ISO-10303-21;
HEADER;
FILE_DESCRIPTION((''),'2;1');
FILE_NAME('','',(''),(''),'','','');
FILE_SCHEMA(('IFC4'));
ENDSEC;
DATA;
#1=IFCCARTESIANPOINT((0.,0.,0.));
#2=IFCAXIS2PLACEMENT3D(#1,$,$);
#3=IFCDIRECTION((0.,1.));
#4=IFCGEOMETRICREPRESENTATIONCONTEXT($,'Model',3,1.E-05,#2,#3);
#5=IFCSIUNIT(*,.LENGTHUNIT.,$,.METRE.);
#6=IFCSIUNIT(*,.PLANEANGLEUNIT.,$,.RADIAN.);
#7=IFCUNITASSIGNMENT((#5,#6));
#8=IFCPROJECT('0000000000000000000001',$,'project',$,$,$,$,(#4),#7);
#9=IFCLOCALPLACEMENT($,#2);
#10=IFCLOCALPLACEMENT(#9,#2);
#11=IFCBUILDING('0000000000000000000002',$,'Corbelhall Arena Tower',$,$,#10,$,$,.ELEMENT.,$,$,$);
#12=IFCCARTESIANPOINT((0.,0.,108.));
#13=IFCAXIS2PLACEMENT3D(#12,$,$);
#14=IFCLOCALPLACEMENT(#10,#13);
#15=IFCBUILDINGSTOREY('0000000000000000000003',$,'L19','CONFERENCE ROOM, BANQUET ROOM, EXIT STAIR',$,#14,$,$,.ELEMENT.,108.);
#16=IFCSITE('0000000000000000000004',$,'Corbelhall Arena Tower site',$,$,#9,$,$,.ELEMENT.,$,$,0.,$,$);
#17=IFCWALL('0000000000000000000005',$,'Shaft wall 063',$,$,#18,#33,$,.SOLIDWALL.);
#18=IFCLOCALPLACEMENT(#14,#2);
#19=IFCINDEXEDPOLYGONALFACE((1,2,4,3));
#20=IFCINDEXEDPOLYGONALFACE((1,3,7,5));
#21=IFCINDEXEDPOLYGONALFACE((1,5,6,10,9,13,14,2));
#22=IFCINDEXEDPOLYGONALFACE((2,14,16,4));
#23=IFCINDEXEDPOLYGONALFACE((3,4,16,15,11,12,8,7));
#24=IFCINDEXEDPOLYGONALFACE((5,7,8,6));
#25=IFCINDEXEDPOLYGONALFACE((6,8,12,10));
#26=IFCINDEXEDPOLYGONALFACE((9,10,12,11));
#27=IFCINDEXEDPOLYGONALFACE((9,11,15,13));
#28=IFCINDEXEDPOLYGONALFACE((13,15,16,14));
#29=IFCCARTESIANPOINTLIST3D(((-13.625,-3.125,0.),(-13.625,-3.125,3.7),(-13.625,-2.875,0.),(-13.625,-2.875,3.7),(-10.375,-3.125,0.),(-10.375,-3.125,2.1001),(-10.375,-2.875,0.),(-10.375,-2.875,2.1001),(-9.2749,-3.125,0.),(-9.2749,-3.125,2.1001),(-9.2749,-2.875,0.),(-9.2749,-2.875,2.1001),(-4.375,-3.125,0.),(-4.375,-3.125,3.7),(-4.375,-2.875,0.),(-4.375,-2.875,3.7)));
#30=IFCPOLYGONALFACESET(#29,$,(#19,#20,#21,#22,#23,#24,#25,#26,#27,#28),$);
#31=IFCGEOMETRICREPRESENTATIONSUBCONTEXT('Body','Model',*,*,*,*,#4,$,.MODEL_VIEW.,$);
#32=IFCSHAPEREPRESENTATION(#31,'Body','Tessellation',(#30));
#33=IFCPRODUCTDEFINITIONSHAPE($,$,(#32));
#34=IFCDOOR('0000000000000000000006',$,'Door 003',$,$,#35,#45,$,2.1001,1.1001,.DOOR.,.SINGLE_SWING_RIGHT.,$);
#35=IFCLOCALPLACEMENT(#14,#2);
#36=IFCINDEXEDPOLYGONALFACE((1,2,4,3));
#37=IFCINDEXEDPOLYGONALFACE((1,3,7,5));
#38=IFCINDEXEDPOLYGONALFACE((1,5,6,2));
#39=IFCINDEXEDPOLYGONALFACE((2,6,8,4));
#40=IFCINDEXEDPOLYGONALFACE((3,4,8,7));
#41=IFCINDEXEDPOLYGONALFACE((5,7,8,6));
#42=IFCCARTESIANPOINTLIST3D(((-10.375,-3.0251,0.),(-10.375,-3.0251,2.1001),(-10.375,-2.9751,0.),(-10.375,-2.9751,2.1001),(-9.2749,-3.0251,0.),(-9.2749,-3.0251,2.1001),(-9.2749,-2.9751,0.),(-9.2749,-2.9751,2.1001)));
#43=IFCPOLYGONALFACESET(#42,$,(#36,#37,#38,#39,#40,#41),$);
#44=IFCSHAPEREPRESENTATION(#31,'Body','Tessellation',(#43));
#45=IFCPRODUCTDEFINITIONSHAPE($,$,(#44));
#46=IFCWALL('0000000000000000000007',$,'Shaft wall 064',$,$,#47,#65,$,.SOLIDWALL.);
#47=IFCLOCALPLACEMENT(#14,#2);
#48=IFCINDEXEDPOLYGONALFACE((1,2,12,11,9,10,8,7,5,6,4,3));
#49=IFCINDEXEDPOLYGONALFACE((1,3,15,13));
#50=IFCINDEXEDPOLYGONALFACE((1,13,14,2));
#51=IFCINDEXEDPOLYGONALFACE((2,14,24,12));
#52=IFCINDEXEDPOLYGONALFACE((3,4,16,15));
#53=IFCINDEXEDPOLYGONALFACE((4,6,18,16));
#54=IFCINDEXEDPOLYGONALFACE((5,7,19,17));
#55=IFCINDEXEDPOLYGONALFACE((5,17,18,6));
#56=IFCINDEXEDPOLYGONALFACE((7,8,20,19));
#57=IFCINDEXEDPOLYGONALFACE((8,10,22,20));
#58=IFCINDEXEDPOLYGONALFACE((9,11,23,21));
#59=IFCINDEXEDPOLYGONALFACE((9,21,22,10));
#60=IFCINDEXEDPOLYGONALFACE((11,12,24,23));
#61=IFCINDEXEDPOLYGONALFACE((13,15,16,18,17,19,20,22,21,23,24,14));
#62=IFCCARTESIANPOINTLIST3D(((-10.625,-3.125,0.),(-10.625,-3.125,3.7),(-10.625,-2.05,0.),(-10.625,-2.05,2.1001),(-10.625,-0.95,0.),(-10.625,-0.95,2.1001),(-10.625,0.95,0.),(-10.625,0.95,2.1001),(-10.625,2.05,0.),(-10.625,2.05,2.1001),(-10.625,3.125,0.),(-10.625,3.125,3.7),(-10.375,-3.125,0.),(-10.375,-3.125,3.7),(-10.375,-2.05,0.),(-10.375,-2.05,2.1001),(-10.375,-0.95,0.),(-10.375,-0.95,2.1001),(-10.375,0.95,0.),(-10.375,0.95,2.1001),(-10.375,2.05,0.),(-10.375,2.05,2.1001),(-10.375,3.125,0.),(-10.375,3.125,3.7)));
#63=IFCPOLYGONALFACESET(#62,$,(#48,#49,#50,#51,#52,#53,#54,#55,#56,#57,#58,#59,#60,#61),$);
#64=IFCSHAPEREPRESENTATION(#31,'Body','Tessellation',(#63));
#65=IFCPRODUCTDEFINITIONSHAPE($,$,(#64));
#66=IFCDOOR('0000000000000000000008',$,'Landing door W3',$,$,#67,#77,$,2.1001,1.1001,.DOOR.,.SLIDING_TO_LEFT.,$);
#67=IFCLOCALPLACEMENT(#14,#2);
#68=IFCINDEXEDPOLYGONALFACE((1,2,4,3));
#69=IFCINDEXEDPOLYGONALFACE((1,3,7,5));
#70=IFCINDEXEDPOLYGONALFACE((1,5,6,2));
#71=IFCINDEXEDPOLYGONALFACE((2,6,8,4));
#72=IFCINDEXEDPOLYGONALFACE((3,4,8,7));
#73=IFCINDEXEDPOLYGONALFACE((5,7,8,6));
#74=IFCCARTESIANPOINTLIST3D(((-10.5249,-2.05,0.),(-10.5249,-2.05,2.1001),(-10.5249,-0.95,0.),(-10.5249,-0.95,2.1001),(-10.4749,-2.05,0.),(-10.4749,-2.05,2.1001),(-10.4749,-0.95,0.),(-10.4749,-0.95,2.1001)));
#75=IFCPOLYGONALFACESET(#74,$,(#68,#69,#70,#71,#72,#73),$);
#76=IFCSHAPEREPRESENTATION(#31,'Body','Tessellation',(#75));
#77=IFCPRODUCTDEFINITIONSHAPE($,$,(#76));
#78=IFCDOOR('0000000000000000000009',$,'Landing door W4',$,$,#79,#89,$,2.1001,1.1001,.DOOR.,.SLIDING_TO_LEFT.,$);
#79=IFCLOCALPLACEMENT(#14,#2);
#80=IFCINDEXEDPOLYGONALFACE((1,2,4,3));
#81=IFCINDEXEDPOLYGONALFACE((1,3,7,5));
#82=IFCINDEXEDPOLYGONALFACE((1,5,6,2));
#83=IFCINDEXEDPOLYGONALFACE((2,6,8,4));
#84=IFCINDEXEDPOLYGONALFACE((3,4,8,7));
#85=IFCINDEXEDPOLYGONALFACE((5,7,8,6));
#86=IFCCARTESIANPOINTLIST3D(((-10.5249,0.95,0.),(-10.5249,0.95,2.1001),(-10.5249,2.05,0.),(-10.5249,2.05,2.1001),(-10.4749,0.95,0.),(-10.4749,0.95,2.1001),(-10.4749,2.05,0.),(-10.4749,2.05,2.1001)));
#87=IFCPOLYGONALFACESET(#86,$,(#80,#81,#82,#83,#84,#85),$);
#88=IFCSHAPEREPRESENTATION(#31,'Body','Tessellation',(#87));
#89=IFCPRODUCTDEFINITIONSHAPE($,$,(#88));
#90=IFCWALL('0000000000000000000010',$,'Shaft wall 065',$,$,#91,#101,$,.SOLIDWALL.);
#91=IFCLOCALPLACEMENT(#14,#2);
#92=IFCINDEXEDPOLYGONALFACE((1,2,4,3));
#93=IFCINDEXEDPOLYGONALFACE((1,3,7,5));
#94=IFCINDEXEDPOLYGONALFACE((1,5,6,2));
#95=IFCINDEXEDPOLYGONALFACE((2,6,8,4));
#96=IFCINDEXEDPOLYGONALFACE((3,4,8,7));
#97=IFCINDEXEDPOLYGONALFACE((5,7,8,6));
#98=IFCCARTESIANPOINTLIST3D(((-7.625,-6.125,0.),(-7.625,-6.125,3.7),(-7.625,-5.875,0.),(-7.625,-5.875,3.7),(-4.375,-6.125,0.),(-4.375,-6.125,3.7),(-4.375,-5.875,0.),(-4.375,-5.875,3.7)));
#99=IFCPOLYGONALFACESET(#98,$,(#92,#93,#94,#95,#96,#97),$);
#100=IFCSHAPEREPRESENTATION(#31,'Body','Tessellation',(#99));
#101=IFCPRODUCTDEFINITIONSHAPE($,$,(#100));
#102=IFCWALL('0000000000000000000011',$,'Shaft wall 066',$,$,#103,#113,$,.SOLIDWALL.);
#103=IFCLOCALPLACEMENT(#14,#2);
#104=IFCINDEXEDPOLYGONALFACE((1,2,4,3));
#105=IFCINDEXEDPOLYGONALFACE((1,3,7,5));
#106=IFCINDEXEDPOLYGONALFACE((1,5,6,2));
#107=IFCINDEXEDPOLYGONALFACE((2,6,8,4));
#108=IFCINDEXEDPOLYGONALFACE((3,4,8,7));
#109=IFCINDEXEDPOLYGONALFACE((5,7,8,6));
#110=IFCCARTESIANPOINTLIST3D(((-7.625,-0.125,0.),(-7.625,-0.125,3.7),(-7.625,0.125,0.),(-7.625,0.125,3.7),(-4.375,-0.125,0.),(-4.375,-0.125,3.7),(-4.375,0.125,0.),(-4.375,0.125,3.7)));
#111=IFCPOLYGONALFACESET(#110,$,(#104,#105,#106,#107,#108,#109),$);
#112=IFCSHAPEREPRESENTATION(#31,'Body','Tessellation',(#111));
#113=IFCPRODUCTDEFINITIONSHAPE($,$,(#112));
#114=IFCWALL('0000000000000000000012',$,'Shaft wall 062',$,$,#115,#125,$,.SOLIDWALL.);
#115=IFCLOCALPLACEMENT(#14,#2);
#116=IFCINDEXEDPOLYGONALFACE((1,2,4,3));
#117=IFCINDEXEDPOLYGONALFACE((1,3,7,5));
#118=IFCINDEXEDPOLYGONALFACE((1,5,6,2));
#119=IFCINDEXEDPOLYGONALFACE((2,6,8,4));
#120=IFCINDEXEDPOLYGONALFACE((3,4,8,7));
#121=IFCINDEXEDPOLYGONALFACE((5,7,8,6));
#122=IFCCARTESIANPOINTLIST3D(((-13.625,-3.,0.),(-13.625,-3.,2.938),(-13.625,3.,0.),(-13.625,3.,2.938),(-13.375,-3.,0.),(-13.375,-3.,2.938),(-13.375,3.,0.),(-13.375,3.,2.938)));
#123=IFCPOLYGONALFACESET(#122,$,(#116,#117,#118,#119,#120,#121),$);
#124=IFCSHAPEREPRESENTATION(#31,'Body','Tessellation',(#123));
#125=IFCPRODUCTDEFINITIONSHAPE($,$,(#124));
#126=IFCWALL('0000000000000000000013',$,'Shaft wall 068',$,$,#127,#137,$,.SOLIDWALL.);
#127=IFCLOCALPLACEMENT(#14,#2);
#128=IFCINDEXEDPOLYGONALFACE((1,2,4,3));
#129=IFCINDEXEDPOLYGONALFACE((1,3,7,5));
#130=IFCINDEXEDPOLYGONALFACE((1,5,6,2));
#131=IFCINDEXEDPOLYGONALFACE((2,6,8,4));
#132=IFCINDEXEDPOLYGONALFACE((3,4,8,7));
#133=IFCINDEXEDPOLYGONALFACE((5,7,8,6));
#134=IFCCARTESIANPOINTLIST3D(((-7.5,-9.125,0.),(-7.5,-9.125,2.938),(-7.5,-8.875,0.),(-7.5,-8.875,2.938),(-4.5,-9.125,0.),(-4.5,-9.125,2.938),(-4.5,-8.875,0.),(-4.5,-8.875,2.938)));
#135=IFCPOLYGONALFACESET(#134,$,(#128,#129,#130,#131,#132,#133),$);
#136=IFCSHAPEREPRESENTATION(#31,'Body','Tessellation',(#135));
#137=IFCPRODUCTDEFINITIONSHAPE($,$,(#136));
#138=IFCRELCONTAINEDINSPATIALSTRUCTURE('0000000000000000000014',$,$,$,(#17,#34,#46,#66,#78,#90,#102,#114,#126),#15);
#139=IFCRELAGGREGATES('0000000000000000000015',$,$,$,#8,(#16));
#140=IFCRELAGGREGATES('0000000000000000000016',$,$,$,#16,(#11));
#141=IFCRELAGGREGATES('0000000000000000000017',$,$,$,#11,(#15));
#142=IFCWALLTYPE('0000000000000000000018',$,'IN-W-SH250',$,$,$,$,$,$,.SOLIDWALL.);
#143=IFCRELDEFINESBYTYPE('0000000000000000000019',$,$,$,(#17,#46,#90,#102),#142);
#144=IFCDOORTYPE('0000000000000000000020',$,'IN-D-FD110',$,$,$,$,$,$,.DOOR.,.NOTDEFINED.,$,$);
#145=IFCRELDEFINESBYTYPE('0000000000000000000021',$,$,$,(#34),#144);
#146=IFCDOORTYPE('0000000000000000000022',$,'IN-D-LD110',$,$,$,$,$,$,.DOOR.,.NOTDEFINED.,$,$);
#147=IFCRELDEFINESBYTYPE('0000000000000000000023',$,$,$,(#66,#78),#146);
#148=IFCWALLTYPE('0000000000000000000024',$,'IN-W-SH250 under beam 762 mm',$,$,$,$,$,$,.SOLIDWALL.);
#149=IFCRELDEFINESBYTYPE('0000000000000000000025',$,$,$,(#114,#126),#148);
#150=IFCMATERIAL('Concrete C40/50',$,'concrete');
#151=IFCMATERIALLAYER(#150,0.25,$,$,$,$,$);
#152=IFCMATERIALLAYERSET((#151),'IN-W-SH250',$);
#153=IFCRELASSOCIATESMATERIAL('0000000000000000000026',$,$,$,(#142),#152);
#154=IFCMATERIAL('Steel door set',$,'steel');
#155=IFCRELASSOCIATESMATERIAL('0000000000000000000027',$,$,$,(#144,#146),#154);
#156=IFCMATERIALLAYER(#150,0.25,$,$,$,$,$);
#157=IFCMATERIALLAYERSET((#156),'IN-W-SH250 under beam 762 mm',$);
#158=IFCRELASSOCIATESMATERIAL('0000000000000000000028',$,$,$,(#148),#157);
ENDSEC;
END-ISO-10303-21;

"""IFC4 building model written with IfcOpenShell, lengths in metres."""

from ifc_helpers import new_model, si_unit, direction, frame, frame_2d, origin, place, context, subcontext, project, spatial, rectangle, extrude, material, layer, layer_set, type_object, element, fill, save


model = new_model("IFC4")

# Units and contexts
model_context = context("Model", 3, precision=1e-05, world=origin(), true_north=direction((0.0, 1.0)))
body_context = subcontext(model_context, "Body", "Model", "MODEL_VIEW")
ifc_project = project(units=[si_unit("LENGTHUNIT", "METRE"), si_unit("PLANEANGLEUNIT", "RADIAN")], contexts=[model_context])

# Site, building, storey
site_placement = place(None, origin())
site = spatial("IfcSite", under=ifc_project, at=site_placement, Name="Corbelhall Arena Tower site", CompositionType="ELEMENT", RefElevation=0.0)
building_placement = place(site_placement, origin())
building = spatial("IfcBuilding", under=site, at=building_placement, Name="Corbelhall Arena Tower", CompositionType="ELEMENT")
storey_placement = place(building_placement, frame((0.0, 0.0, 108.0)))
storey = spatial("IfcBuildingStorey", under=building, at=storey_placement, Name="L19", Description="CONFERENCE ROOM, BANQUET ROOM, EXIT STAIR", CompositionType="ELEMENT", Elevation=108.0)

# Shared definitions
ifc_material_1 = material(Name="Concrete C40/50", Category="concrete")

# Shared definitions
ifc_layer_1 = layer(ifc_material_1, 0.25)
ifc_layer_set_1 = layer_set([ifc_layer_1], Name="IN-W-SH250")
wall_type_1 = type_object("IfcWallType", Name="IN-W-SH250", PredefinedType="SOLIDWALL", material=ifc_layer_set_1)

# Wall, opening, door
wall_1_placement = place(storey_placement, frame((-13.625, -3.0, 0.0), z_axis=(0.0, 0.0, 1.0), x_axis=(1.0, 0.0, 0.0)))
wall_1 = element("IfcWall", 1, at=wall_1_placement, inside=storey, type_object=wall_type_1, Name="Shaft wall 063", PredefinedType="SOLIDWALL", context=body_context, shape_type="SweptSolid", body=[
    extrude(rectangle(XDim=9.25, YDim=0.25, at=frame_2d((4.625, 0.0))), origin(), (0.0, 0.0, 1.0), 3.7),
])
opening_1_placement = place(wall_1_placement, frame((3.25, 0.0, 0.0)))
opening_1 = element("IfcOpeningElement", 2, at=opening_1_placement, cuts=wall_1, PredefinedType="OPENING", context=body_context, shape_type="SweptSolid", body=[
    extrude(rectangle(XDim=1.1001, YDim=2.1001, at=frame_2d((0.55, 1.05))), frame((0.0, 0.125, 0.0), z_axis=(0.0, -1.0, 0.0), x_axis=(1.0, 0.0, 0.0)), (0.0, 0.0, 1.0), 0.25),
])
ifc_material_2 = material(Name="Steel door set", Category="steel")
door_type_1 = type_object("IfcDoorType", Name="IN-D-FD110", OperationType="NOTDEFINED", PredefinedType="DOOR", material=ifc_material_2)
door_1_placement = place(opening_1_placement, origin())
door_1 = element("IfcDoor", 3, at=door_1_placement, inside=storey, type_object=door_type_1, Name="Door 003", OperationType="SINGLE_SWING_RIGHT", OverallHeight=2.1001, OverallWidth=1.1001, PredefinedType="DOOR", context=body_context, shape_type="SweptSolid", body=[
    extrude(rectangle(XDim=1.1001, YDim=2.1001, at=frame_2d((0.55, 1.05))), frame((0.0, 0.0249, 0.0), z_axis=(0.0, -1.0, 0.0), x_axis=(1.0, 0.0, 0.0)), (0.0, 0.0, 1.0), 0.05),
])
fill(opening_1, door_1)

# Wall, openings, doors
wall_2_placement = place(storey_placement, frame((-10.5, -3.125, 0.0), z_axis=(0.0, 0.0, 1.0), x_axis=(0.0, 1.0, 0.0)))
wall_2 = element("IfcWall", 4, at=wall_2_placement, inside=storey, type_object=wall_type_1, Name="Shaft wall 064", PredefinedType="SOLIDWALL", context=body_context, shape_type="SweptSolid", body=[
    extrude(rectangle(XDim=6.25, YDim=0.25, at=frame_2d((3.125, 0.0))), origin(), (0.0, 0.0, 1.0), 3.7),
])
opening_2_placement = place(wall_2_placement, frame((1.075, 0.0, 0.0)))
opening_2 = element("IfcOpeningElement", 5, at=opening_2_placement, cuts=wall_2, PredefinedType="OPENING", context=body_context, shape_type="SweptSolid", body=[
    extrude(rectangle(XDim=1.1001, YDim=2.1001, at=frame_2d((0.55, 1.05))), frame((0.0, 0.125, 0.0), z_axis=(0.0, -1.0, 0.0), x_axis=(1.0, 0.0, 0.0)), (0.0, 0.0, 1.0), 0.25),
])
opening_3_placement = place(wall_2_placement, frame((4.075, 0.0, 0.0)))
opening_3 = element("IfcOpeningElement", 6, at=opening_3_placement, cuts=wall_2, PredefinedType="OPENING", context=body_context, shape_type="SweptSolid", body=[
    extrude(rectangle(XDim=1.1001, YDim=2.1001, at=frame_2d((0.55, 1.05))), frame((0.0, 0.125, 0.0), z_axis=(0.0, -1.0, 0.0), x_axis=(1.0, 0.0, 0.0)), (0.0, 0.0, 1.0), 0.25),
])
door_type_2 = type_object("IfcDoorType", Name="IN-D-LD110", OperationType="NOTDEFINED", PredefinedType="DOOR", material=ifc_material_2)
door_2_placement = place(opening_2_placement, origin())
door_2 = element("IfcDoor", 7, at=door_2_placement, inside=storey, type_object=door_type_2, Name="Landing door W3", OperationType="SLIDING_TO_LEFT", OverallHeight=2.1001, OverallWidth=1.1001, PredefinedType="DOOR", context=body_context, shape_type="SweptSolid", body=[
    extrude(rectangle(XDim=1.1001, YDim=2.1001, at=frame_2d((0.55, 1.05))), frame((0.0, 0.0249, 0.0), z_axis=(0.0, -1.0, 0.0), x_axis=(1.0, 0.0, 0.0)), (0.0, 0.0, 1.0), 0.05),
])
fill(opening_2, door_2)
door_3_placement = place(opening_3_placement, origin())
door_3 = element("IfcDoor", 8, at=door_3_placement, inside=storey, type_object=door_type_2, Name="Landing door W4", OperationType="SLIDING_TO_LEFT", OverallHeight=2.1001, OverallWidth=1.1001, PredefinedType="DOOR", context=body_context, shape_type="SweptSolid", body=[
    extrude(rectangle(XDim=1.1001, YDim=2.1001, at=frame_2d((0.55, 1.05))), frame((0.0, 0.0249, 0.0), z_axis=(0.0, -1.0, 0.0), x_axis=(1.0, 0.0, 0.0)), (0.0, 0.0, 1.0), 0.05),
])
fill(opening_3, door_3)

# Walls
for number, where, z_axis, x_axis, name in (
    (9, (-7.625, -6.0, 0.0), (0.0, 0.0, 1.0), (1.0, 0.0, 0.0), "Shaft wall 065"),
    (10, (-7.625, 0.0, 0.0), (0.0, 0.0, 1.0), (1.0, 0.0, 0.0), "Shaft wall 066"),
):
    element("IfcWall", number, at=place(storey_placement, frame(where, z_axis=z_axis, x_axis=x_axis)), inside=storey, type_object=wall_type_1, Name=name, PredefinedType="SOLIDWALL", context=body_context, shape_type="SweptSolid", body=[
        extrude(rectangle(XDim=3.25, YDim=0.25, at=frame_2d((1.625, 0.0))), origin(), (0.0, 0.0, 1.0), 3.7),
    ])
ifc_layer_2 = layer(ifc_material_1, 0.25)
ifc_layer_set_2 = layer_set([ifc_layer_2], Name="IN-W-SH250 under beam 762 mm")
wall_type_2 = type_object("IfcWallType", Name="IN-W-SH250 under beam 762 mm", PredefinedType="SOLIDWALL", material=ifc_layer_set_2)
wall_3_placement = place(storey_placement, frame((-13.5, -3.0, 0.0), z_axis=(0.0, 0.0, 1.0), x_axis=(0.0, 1.0, 0.0)))
element("IfcWall", 11, at=wall_3_placement, inside=storey, type_object=wall_type_2, Name="Shaft wall 062", PredefinedType="SOLIDWALL", context=body_context, shape_type="SweptSolid", body=[
    extrude(rectangle(XDim=6.0, YDim=0.25, at=frame_2d((3.0, 0.0))), origin(), (0.0, 0.0, 1.0), 2.938),
])
wall_4_placement = place(storey_placement, frame((-4.5, -9.0, 0.0), z_axis=(0.0, 0.0, 1.0), x_axis=(-1.0, 0.0, 0.0)))
element("IfcWall", 12, at=wall_4_placement, inside=storey, type_object=wall_type_2, Name="Shaft wall 068", PredefinedType="SOLIDWALL", context=body_context, shape_type="SweptSolid", body=[
    extrude(rectangle(XDim=3.0, YDim=0.25, at=frame_2d((1.5, 0.0))), origin(), (0.0, 0.0, 1.0), 2.938),
])

save(model, "model.ifc")
